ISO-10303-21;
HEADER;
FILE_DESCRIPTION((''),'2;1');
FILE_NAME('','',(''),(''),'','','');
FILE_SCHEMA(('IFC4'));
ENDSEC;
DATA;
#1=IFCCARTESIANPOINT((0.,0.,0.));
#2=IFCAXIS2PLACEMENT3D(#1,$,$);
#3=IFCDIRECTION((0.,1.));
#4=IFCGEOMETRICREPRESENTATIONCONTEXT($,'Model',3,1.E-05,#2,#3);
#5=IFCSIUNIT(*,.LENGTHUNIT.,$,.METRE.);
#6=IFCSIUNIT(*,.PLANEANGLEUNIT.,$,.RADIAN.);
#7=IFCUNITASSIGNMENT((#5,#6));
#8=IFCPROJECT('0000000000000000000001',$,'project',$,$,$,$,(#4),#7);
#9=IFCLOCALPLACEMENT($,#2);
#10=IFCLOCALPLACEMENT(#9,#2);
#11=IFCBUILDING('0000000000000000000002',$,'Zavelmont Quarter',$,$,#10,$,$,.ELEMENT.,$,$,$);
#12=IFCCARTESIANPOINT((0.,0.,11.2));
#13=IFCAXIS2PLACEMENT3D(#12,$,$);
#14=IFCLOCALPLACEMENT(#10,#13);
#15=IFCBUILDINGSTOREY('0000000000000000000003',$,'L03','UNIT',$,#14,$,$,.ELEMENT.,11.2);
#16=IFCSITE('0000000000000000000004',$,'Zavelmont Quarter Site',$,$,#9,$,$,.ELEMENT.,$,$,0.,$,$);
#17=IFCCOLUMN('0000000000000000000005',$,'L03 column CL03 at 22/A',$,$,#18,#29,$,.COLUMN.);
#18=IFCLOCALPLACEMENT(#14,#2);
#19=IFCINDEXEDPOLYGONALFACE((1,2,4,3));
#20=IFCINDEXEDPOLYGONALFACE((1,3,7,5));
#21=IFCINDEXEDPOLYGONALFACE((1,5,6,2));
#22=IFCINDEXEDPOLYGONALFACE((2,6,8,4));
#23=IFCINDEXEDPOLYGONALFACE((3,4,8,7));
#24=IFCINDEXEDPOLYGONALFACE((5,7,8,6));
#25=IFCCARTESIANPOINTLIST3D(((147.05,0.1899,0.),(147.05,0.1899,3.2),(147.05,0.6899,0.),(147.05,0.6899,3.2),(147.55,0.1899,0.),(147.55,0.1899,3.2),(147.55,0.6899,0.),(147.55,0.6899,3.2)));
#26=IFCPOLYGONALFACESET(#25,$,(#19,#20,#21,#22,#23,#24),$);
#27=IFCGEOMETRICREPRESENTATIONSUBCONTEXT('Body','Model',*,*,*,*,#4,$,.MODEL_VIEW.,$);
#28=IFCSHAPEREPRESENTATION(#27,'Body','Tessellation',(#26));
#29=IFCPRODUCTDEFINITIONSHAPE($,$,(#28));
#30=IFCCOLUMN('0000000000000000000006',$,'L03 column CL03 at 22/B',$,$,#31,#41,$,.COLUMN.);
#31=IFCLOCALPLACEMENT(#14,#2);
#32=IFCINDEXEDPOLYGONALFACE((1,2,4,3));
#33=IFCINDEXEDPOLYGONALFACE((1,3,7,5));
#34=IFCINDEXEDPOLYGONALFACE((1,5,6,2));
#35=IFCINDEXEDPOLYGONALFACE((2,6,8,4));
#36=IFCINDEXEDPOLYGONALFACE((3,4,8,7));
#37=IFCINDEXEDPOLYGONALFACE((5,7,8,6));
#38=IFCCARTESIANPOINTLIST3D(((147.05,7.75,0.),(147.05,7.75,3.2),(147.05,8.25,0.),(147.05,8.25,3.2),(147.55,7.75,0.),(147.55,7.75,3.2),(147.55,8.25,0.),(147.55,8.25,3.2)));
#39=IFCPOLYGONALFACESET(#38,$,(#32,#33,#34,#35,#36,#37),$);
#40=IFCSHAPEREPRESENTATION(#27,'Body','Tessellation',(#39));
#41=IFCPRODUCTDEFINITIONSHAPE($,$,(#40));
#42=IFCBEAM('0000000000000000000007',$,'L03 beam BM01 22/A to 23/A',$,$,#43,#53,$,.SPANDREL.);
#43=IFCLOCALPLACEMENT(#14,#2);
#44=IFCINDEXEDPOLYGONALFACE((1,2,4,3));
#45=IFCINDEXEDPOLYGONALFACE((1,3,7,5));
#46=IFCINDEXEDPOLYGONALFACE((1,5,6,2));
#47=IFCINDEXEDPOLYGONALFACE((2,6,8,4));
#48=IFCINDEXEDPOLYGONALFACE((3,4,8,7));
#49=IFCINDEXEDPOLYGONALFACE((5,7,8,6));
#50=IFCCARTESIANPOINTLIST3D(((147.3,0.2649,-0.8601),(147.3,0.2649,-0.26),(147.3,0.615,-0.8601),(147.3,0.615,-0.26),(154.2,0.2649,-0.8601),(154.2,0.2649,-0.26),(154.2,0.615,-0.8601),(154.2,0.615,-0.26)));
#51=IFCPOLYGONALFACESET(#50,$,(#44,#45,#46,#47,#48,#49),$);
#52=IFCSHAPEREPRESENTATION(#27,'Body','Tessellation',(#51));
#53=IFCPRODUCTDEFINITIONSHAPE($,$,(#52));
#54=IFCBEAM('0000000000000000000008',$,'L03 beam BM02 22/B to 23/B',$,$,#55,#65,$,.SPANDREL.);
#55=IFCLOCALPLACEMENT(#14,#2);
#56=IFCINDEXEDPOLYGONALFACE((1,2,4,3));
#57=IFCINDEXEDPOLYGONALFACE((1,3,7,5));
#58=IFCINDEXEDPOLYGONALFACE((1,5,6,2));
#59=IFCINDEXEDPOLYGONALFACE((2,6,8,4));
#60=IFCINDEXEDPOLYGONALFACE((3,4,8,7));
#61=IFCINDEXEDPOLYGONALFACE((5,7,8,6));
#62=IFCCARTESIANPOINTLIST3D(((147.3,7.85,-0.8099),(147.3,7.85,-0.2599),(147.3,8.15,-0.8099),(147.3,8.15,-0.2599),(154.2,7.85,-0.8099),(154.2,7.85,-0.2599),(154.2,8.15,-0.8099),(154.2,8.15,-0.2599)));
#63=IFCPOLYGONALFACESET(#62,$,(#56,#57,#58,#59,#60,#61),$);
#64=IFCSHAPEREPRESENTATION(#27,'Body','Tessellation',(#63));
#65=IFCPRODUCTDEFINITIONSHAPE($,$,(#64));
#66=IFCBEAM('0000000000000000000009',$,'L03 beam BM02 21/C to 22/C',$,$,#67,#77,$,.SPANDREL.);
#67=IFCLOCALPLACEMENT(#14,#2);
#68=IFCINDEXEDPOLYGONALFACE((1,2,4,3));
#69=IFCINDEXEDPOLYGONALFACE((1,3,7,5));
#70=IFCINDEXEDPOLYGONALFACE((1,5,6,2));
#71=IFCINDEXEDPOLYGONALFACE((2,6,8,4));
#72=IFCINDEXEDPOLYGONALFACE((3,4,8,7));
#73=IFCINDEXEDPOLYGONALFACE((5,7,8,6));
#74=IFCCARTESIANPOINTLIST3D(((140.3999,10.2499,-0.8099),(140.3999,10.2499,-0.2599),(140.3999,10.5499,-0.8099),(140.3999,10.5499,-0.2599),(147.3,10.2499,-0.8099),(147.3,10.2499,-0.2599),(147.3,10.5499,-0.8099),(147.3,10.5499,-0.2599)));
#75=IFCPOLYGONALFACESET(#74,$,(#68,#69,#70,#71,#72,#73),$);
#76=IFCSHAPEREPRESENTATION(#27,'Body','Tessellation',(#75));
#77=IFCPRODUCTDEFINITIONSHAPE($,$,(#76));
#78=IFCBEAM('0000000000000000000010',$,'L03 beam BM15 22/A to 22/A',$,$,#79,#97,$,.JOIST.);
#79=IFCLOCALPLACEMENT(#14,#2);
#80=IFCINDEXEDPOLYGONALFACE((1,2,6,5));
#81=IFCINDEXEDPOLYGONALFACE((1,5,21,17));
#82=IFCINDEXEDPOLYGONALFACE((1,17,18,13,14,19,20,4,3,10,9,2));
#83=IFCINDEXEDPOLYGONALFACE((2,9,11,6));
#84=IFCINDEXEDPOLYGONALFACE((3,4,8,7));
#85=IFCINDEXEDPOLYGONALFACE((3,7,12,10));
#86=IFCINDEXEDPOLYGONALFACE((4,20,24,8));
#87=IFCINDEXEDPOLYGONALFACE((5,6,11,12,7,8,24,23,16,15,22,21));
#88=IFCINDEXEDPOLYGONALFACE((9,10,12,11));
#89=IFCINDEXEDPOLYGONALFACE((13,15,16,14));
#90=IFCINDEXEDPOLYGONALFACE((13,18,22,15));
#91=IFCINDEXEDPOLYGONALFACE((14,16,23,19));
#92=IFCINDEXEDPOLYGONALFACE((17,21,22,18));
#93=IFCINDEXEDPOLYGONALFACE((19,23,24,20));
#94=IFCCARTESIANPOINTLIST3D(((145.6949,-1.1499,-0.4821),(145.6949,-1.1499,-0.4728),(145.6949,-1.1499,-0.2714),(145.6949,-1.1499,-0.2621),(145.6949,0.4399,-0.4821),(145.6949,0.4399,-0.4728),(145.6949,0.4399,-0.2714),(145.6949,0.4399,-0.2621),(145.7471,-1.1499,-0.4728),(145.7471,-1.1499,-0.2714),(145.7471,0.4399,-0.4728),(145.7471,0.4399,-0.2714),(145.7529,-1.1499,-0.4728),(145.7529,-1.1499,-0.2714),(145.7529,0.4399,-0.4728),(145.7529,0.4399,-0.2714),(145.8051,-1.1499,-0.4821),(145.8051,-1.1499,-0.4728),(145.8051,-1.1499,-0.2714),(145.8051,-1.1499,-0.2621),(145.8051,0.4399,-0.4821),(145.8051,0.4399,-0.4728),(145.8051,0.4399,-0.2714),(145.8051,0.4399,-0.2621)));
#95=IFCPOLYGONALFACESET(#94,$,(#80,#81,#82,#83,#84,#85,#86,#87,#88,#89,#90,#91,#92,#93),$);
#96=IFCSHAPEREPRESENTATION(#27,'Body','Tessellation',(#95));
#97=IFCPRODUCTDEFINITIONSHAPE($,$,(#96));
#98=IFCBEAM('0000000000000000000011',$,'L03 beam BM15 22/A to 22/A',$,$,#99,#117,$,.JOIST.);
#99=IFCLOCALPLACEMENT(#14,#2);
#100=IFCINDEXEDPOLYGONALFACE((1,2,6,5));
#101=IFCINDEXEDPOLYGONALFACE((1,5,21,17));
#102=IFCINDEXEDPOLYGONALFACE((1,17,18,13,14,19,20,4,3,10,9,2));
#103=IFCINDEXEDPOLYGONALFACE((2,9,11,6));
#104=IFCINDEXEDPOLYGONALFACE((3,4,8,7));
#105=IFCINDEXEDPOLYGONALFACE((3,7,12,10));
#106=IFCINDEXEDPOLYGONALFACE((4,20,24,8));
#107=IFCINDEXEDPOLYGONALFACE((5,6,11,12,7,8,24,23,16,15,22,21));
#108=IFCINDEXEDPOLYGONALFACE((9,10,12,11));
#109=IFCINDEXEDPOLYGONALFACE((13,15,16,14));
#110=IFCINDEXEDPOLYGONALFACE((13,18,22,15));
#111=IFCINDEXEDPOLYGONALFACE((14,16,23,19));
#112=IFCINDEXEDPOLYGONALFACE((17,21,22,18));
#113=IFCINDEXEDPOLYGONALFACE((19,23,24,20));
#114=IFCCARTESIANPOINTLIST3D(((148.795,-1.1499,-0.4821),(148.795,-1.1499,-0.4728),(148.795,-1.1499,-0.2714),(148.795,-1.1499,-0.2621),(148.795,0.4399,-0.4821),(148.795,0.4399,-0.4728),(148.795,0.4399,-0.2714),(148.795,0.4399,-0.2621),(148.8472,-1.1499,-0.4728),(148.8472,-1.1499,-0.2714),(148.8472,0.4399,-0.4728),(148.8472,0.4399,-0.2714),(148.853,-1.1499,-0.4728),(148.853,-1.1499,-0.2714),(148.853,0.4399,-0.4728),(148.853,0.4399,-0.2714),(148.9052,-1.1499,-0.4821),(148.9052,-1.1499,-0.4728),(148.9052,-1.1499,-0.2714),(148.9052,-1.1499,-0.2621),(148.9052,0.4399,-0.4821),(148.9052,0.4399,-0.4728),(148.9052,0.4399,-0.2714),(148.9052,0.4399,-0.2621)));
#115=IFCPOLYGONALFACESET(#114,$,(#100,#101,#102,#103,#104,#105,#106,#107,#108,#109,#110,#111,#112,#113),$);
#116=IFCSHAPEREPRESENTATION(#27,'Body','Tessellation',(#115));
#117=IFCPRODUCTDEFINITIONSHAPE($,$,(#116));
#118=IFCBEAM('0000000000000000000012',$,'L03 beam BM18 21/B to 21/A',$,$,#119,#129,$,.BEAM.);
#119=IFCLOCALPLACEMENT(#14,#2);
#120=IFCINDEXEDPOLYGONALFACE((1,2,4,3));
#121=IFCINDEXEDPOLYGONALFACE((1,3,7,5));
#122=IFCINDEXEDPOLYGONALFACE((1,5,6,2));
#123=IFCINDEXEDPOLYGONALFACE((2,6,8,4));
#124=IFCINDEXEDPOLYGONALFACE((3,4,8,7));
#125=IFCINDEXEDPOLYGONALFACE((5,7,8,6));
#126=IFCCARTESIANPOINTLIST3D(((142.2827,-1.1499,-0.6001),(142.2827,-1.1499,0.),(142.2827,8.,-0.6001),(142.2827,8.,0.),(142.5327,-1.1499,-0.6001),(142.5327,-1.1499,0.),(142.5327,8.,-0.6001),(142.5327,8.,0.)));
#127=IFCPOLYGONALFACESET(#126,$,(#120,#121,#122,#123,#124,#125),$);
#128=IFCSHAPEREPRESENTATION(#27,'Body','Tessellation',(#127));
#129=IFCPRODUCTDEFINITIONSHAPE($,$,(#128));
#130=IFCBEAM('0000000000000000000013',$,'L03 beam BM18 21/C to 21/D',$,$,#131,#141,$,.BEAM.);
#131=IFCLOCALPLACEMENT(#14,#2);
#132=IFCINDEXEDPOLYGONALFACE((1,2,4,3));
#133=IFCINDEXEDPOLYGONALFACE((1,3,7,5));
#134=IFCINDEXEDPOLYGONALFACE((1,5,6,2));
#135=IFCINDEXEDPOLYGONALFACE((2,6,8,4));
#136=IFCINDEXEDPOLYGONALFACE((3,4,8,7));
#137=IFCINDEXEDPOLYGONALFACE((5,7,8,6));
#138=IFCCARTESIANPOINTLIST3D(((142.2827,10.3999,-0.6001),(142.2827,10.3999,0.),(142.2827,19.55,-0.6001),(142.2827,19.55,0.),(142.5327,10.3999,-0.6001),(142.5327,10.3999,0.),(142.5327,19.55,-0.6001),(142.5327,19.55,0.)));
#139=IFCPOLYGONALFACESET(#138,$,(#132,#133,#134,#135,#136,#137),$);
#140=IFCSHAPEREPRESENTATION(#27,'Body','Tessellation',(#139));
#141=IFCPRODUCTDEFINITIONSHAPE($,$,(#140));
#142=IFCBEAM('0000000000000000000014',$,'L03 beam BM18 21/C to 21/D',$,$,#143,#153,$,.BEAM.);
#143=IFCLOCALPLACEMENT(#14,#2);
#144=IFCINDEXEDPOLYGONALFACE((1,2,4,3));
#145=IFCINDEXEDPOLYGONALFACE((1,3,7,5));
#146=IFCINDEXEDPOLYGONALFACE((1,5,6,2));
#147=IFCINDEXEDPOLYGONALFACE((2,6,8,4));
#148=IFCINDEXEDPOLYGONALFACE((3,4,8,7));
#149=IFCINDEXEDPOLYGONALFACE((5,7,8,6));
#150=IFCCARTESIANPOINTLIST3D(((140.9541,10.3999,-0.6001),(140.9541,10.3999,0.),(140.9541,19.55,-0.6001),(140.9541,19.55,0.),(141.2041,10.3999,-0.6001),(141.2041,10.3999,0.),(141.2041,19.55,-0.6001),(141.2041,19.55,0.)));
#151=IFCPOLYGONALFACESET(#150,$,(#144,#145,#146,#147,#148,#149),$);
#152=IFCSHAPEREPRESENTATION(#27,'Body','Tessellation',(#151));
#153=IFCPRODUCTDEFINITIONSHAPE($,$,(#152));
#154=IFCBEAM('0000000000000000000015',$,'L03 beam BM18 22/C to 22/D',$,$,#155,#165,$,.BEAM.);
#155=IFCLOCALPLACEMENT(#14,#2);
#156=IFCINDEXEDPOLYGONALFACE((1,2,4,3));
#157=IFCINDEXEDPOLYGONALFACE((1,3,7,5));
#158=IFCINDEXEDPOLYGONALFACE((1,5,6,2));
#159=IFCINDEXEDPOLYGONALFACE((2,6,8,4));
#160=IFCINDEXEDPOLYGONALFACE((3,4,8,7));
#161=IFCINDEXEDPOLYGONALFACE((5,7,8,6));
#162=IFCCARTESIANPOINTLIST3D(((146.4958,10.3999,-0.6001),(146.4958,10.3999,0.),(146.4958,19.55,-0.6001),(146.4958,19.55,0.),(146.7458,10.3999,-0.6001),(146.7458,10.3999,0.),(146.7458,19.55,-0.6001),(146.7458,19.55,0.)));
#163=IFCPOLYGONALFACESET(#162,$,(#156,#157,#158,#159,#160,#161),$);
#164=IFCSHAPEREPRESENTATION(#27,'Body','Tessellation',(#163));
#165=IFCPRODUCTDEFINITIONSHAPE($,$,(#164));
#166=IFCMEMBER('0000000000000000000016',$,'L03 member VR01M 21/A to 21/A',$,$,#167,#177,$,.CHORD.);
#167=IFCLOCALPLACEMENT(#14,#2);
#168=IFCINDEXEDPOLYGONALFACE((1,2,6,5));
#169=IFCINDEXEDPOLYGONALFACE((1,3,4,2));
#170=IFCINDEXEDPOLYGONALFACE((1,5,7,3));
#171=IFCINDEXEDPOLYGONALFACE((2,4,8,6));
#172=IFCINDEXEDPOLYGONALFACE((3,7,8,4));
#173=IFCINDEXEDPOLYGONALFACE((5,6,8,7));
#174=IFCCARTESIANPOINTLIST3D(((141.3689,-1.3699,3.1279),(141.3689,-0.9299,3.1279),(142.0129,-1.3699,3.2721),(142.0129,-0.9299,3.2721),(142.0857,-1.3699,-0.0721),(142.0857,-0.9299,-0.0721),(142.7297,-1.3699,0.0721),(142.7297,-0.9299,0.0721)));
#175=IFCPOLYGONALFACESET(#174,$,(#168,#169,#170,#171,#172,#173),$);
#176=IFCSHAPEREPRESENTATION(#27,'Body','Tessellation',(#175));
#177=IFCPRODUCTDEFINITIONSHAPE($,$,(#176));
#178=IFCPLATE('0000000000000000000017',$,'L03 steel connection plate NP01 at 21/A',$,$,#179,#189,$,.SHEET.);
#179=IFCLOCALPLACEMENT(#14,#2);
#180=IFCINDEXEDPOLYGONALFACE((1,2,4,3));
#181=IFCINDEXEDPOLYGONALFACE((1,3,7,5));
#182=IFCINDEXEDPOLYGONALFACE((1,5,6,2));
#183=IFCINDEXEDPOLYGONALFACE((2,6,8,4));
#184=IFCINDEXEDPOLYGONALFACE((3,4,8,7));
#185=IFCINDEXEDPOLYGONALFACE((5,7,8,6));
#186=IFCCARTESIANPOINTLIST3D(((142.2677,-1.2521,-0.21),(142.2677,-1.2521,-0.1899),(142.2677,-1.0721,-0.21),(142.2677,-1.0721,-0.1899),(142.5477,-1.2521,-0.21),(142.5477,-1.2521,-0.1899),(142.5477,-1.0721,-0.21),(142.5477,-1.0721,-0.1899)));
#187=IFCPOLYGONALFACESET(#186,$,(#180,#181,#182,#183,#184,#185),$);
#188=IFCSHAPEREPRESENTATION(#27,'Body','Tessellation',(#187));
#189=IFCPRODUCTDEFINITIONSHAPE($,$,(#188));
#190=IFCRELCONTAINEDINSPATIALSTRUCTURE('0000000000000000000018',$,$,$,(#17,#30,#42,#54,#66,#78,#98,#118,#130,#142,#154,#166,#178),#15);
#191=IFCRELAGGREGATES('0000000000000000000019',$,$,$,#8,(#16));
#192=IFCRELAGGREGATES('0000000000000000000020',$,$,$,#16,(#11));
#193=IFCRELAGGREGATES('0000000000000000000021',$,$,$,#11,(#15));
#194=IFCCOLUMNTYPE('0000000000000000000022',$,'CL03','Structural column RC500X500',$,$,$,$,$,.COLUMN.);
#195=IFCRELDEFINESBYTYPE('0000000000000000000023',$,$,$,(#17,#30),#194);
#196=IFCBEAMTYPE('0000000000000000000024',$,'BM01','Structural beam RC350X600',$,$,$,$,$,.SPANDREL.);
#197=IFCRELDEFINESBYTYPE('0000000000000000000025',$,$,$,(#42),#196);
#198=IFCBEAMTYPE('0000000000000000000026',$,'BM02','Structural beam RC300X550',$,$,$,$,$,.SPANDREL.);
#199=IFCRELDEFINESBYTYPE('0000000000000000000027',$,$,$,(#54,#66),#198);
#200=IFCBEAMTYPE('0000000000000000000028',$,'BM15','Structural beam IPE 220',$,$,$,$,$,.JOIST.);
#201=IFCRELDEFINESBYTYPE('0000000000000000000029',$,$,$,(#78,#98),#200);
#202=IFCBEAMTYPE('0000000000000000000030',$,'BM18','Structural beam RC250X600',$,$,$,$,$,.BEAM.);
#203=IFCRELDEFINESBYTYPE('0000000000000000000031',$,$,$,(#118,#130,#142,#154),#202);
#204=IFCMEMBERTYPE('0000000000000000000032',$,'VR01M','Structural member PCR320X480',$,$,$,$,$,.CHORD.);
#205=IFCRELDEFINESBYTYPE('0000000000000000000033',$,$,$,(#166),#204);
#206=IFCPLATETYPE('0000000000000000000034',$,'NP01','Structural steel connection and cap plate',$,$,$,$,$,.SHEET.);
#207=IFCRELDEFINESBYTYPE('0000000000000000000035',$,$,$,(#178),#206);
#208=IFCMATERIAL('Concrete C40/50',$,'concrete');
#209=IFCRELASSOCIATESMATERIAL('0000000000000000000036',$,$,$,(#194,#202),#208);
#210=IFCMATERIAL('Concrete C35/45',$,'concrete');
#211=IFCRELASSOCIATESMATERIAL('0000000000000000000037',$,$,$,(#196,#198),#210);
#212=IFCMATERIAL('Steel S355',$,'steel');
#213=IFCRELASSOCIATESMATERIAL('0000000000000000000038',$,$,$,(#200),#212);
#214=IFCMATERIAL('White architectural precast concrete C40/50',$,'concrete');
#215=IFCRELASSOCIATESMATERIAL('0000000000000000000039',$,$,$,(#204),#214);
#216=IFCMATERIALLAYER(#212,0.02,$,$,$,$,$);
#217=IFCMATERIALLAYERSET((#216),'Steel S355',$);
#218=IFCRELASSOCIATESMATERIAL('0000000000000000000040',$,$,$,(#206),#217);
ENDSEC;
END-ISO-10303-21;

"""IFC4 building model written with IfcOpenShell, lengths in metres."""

from ifc_helpers import new_model, si_unit, direction, frame, origin, origin_2d, place, context, subcontext, project, spatial, rectangle, i_section, extrude, material, layer, layer_set, material_profile, profile_set, type_object, element, save


model = new_model("IFC4")

# Units and contexts
model_context = context("Model", 3, precision=1e-05, world=origin(), true_north=direction((0.0, 1.0)))
body_context = subcontext(model_context, "Body", "Model", "MODEL_VIEW")
ifc_project = project(units=[si_unit("LENGTHUNIT", "METRE"), si_unit("PLANEANGLEUNIT", "RADIAN")], contexts=[model_context])

# Site, building, storey
site_placement = place(None, origin())
site = spatial("IfcSite", under=ifc_project, at=site_placement, Name="Zavelmont Quarter Site", CompositionType="ELEMENT", RefElevation=0.0)
building_placement = place(site_placement, origin())
building = spatial("IfcBuilding", under=site, at=building_placement, Name="Zavelmont Quarter", CompositionType="ELEMENT")
storey_placement = place(building_placement, frame((0.0, 0.0, 11.2)))
storey = spatial("IfcBuildingStorey", under=building, at=storey_placement, Name="L03", Description="UNIT", CompositionType="ELEMENT", Elevation=11.2)

# Columns
ifc_material_1 = material(Name="Concrete C40/50", Category="concrete")
ifc_material_profile_1 = material_profile(ifc_material_1, rectangle(XDim=0.5, YDim=0.5, at=origin_2d()), Name="RC500X500")
ifc_profile_set_1 = profile_set([ifc_material_profile_1], Name="Concrete C40/50")
column_type = type_object("IfcColumnType", Name="CL03", Description="Structural column RC500X500", PredefinedType="COLUMN", material=ifc_profile_set_1)
for number, where, z_axis, x_axis, name in (
    (1, (147.3, 0.4399, 0.0), (0.0, 0.0, 1.0), (1.0, 0.0, 0.0), "L03 column CL03 at 22/A"),
    (2, (147.3, 8.0, 0.0), (0.0, 0.0, 1.0), (1.0, 0.0, 0.0), "L03 column CL03 at 22/B"),
):
    element("IfcColumn", number, at=place(storey_placement, frame(where, z_axis=z_axis, x_axis=x_axis)), inside=storey, type_object=column_type, Name=name, PredefinedType="COLUMN", context=body_context, shape_type="SweptSolid", body=[
        extrude(rectangle(XDim=0.5, YDim=0.5, at=origin_2d()), origin(), (0.0, 0.0, 1.0), 3.2),
    ])

# Beams
ifc_material_2 = material(Name="Concrete C35/45", Category="concrete")
ifc_material_profile_2 = material_profile(ifc_material_2, rectangle(XDim=0.3501, YDim=0.6001, at=origin_2d()), Name="RC350X600")
ifc_profile_set_2 = profile_set([ifc_material_profile_2], Name="Concrete C35/45")
beam_type_1 = type_object("IfcBeamType", Name="BM01", Description="Structural beam RC350X600", PredefinedType="SPANDREL", material=ifc_profile_set_2)
beam_1_placement = place(storey_placement, frame((147.3, 0.4399, -0.5601), z_axis=(1.0, 0.0, 0.0), x_axis=(0.0, 1.0, 0.0)))
element("IfcBeam", 3, at=beam_1_placement, inside=storey, type_object=beam_type_1, Name="L03 beam BM01 22/A to 23/A", PredefinedType="SPANDREL", context=body_context, shape_type="SweptSolid", body=[
    extrude(rectangle(XDim=0.3501, YDim=0.6001, at=origin_2d()), origin(), (0.0, 0.0, 1.0), 6.8999),
])
ifc_material_profile_3 = material_profile(ifc_material_2, rectangle(XDim=0.3, YDim=0.55, at=origin_2d()), Name="RC300X550")
ifc_profile_set_3 = profile_set([ifc_material_profile_3], Name="Concrete C35/45")
beam_type_2 = type_object("IfcBeamType", Name="BM02", Description="Structural beam RC300X550", PredefinedType="SPANDREL", material=ifc_profile_set_3)
beam_2_placement = place(storey_placement, frame((147.3, 8.0, -0.5349), z_axis=(1.0, 0.0, 0.0), x_axis=(0.0, 1.0, 0.0)))
element("IfcBeam", 4, at=beam_2_placement, inside=storey, type_object=beam_type_2, Name="L03 beam BM02 22/B to 23/B", PredefinedType="SPANDREL", context=body_context, shape_type="SweptSolid", body=[
    extrude(rectangle(XDim=0.3, YDim=0.55, at=origin_2d()), origin(), (0.0, 0.0, 1.0), 6.8999),
])
beam_3_placement = place(storey_placement, frame((140.3999, 10.3999, -0.5349), z_axis=(1.0, 0.0, 0.0), x_axis=(0.0, 1.0, 0.0)))
element("IfcBeam", 5, at=beam_3_placement, inside=storey, type_object=beam_type_2, Name="L03 beam BM02 21/C to 22/C", PredefinedType="SPANDREL", context=body_context, shape_type="SweptSolid", body=[
    extrude(rectangle(XDim=0.3, YDim=0.55, at=origin_2d()), origin(), (0.0, 0.0, 1.0), 6.9001),
])
ifc_material_3 = material(Name="Steel S355", Category="steel")
ifc_material_profile_4 = material_profile(ifc_material_3, i_section(OverallWidth=0.1101, OverallDepth=0.22, WebThickness=0.0059, FlangeThickness=0.0093, at=origin_2d()), Name="IPE 220")
ifc_profile_set_4 = profile_set([ifc_material_profile_4], Name="Steel S355")
beam_type_3 = type_object("IfcBeamType", Name="BM15", Description="Structural beam IPE 220", PredefinedType="JOIST", material=ifc_profile_set_4)
for number, where, z_axis, x_axis, name in (
    (6, (145.75, 0.4399, -0.3721), (0.0, -1.0, 0.0), (1.0, 0.0, 0.0), "L03 beam BM15 22/A to 22/A"),
    (7, (148.8501, 0.4399, -0.3721), (0.0, -1.0, 0.0), (1.0, 0.0, 0.0), "L03 beam BM15 22/A to 22/A"),
):
    element("IfcBeam", number, at=place(storey_placement, frame(where, z_axis=z_axis, x_axis=x_axis)), inside=storey, type_object=beam_type_3, Name=name, PredefinedType="JOIST", context=body_context, shape_type="SweptSolid", body=[
        extrude(i_section(OverallWidth=0.1101, OverallDepth=0.22, WebThickness=0.0059, FlangeThickness=0.0093, at=origin_2d()), origin(), (0.0, 0.0, 1.0), 1.5898),
    ])
ifc_material_profile_5 = material_profile(ifc_material_1, rectangle(XDim=0.25, YDim=0.6001, at=origin_2d()), Name="RC250X600")
ifc_profile_set_5 = profile_set([ifc_material_profile_5], Name="Concrete C40/50")
beam_type_4 = type_object("IfcBeamType", Name="BM18", Description="Structural beam RC250X600", PredefinedType="BEAM", material=ifc_profile_set_5)
beam_4_placement = place(storey_placement, frame((142.4077, 8.0, -0.3), z_axis=(0.0, -1.0, 0.0), x_axis=(1.0, 0.0, 0.0)))
element("IfcBeam", 8, at=beam_4_placement, inside=storey, type_object=beam_type_4, Name="L03 beam BM18 21/B to 21/A", PredefinedType="BEAM", context=body_context, shape_type="SweptSolid", body=[
    extrude(rectangle(XDim=0.25, YDim=0.6001, at=origin_2d()), origin(), (0.0, 0.0, 1.0), 9.1499),
])
for number, where, z_axis, x_axis, name in (
    (9, (142.4077, 10.3999, -0.3), (0.0, 1.0, 0.0), (-1.0, 0.0, 0.0), "L03 beam BM18 21/C to 21/D"),
    (10, (141.0791, 10.3999, -0.3), (0.0, 1.0, 0.0), (-1.0, 0.0, 0.0), "L03 beam BM18 21/C to 21/D"),
    (11, (146.6208, 10.3999, -0.3), (0.0, 1.0, 0.0), (-1.0, 0.0, 0.0), "L03 beam BM18 22/C to 22/D"),
):
    element("IfcBeam", number, at=place(storey_placement, frame(where, z_axis=z_axis, x_axis=x_axis)), inside=storey, type_object=beam_type_4, Name=name, PredefinedType="BEAM", context=body_context, shape_type="SweptSolid", body=[
        extrude(rectangle(XDim=0.25, YDim=0.6001, at=origin_2d()), origin(), (0.0, 0.0, 1.0), 9.1501),
    ])

# Member
ifc_material_4 = material(Name="White architectural precast concrete C40/50", Category="concrete")
ifc_material_profile_6 = material_profile(ifc_material_4, rectangle(XDim=0.4399, YDim=0.6599, at=origin_2d()), Name="PCR320X480")
ifc_profile_set_6 = profile_set([ifc_material_profile_6], Name="White architectural precast concrete C40/50")
member_type = type_object("IfcMemberType", Name="VR01M", Description="Structural member PCR320X480", PredefinedType="CHORD", material=ifc_profile_set_6)
member_placement = place(storey_placement, frame((142.4077, -1.1499, 0.0), z_axis=(-0.218586, 0.0, 0.975818), x_axis=(0.0, -1.0, 0.0)))
element("IfcMember", 12, at=member_placement, inside=storey, type_object=member_type, Name="L03 member VR01M 21/A to 21/A", PredefinedType="CHORD", context=body_context, shape_type="SweptSolid", body=[
    extrude(rectangle(XDim=0.4399, YDim=0.6599, at=origin_2d()), origin(), (0.0, 0.0, 1.0), 3.2793),
])

# Plate
ifc_layer_1 = layer(ifc_material_3, 0.02)
ifc_layer_set_1 = layer_set([ifc_layer_1], Name="Steel S355")
plate_type = type_object("IfcPlateType", Name="NP01", Description="Structural steel connection and cap plate", PredefinedType="SHEET", material=ifc_layer_set_1)
plate_placement = place(storey_placement, frame((142.4077, -1.1621, -0.21), z_axis=(0.0, 0.0, 1.0), x_axis=(1.0, 0.0, 0.0)))
element("IfcPlate", 13, at=plate_placement, inside=storey, type_object=plate_type, Name="L03 steel connection plate NP01 at 21/A", PredefinedType="SHEET", context=body_context, shape_type="SweptSolid", body=[
    extrude(rectangle(XDim=0.28, YDim=0.1799, at=origin_2d()), origin(), (0.0, 0.0, 1.0), 0.02),
])

save(model, "model.ifc")
